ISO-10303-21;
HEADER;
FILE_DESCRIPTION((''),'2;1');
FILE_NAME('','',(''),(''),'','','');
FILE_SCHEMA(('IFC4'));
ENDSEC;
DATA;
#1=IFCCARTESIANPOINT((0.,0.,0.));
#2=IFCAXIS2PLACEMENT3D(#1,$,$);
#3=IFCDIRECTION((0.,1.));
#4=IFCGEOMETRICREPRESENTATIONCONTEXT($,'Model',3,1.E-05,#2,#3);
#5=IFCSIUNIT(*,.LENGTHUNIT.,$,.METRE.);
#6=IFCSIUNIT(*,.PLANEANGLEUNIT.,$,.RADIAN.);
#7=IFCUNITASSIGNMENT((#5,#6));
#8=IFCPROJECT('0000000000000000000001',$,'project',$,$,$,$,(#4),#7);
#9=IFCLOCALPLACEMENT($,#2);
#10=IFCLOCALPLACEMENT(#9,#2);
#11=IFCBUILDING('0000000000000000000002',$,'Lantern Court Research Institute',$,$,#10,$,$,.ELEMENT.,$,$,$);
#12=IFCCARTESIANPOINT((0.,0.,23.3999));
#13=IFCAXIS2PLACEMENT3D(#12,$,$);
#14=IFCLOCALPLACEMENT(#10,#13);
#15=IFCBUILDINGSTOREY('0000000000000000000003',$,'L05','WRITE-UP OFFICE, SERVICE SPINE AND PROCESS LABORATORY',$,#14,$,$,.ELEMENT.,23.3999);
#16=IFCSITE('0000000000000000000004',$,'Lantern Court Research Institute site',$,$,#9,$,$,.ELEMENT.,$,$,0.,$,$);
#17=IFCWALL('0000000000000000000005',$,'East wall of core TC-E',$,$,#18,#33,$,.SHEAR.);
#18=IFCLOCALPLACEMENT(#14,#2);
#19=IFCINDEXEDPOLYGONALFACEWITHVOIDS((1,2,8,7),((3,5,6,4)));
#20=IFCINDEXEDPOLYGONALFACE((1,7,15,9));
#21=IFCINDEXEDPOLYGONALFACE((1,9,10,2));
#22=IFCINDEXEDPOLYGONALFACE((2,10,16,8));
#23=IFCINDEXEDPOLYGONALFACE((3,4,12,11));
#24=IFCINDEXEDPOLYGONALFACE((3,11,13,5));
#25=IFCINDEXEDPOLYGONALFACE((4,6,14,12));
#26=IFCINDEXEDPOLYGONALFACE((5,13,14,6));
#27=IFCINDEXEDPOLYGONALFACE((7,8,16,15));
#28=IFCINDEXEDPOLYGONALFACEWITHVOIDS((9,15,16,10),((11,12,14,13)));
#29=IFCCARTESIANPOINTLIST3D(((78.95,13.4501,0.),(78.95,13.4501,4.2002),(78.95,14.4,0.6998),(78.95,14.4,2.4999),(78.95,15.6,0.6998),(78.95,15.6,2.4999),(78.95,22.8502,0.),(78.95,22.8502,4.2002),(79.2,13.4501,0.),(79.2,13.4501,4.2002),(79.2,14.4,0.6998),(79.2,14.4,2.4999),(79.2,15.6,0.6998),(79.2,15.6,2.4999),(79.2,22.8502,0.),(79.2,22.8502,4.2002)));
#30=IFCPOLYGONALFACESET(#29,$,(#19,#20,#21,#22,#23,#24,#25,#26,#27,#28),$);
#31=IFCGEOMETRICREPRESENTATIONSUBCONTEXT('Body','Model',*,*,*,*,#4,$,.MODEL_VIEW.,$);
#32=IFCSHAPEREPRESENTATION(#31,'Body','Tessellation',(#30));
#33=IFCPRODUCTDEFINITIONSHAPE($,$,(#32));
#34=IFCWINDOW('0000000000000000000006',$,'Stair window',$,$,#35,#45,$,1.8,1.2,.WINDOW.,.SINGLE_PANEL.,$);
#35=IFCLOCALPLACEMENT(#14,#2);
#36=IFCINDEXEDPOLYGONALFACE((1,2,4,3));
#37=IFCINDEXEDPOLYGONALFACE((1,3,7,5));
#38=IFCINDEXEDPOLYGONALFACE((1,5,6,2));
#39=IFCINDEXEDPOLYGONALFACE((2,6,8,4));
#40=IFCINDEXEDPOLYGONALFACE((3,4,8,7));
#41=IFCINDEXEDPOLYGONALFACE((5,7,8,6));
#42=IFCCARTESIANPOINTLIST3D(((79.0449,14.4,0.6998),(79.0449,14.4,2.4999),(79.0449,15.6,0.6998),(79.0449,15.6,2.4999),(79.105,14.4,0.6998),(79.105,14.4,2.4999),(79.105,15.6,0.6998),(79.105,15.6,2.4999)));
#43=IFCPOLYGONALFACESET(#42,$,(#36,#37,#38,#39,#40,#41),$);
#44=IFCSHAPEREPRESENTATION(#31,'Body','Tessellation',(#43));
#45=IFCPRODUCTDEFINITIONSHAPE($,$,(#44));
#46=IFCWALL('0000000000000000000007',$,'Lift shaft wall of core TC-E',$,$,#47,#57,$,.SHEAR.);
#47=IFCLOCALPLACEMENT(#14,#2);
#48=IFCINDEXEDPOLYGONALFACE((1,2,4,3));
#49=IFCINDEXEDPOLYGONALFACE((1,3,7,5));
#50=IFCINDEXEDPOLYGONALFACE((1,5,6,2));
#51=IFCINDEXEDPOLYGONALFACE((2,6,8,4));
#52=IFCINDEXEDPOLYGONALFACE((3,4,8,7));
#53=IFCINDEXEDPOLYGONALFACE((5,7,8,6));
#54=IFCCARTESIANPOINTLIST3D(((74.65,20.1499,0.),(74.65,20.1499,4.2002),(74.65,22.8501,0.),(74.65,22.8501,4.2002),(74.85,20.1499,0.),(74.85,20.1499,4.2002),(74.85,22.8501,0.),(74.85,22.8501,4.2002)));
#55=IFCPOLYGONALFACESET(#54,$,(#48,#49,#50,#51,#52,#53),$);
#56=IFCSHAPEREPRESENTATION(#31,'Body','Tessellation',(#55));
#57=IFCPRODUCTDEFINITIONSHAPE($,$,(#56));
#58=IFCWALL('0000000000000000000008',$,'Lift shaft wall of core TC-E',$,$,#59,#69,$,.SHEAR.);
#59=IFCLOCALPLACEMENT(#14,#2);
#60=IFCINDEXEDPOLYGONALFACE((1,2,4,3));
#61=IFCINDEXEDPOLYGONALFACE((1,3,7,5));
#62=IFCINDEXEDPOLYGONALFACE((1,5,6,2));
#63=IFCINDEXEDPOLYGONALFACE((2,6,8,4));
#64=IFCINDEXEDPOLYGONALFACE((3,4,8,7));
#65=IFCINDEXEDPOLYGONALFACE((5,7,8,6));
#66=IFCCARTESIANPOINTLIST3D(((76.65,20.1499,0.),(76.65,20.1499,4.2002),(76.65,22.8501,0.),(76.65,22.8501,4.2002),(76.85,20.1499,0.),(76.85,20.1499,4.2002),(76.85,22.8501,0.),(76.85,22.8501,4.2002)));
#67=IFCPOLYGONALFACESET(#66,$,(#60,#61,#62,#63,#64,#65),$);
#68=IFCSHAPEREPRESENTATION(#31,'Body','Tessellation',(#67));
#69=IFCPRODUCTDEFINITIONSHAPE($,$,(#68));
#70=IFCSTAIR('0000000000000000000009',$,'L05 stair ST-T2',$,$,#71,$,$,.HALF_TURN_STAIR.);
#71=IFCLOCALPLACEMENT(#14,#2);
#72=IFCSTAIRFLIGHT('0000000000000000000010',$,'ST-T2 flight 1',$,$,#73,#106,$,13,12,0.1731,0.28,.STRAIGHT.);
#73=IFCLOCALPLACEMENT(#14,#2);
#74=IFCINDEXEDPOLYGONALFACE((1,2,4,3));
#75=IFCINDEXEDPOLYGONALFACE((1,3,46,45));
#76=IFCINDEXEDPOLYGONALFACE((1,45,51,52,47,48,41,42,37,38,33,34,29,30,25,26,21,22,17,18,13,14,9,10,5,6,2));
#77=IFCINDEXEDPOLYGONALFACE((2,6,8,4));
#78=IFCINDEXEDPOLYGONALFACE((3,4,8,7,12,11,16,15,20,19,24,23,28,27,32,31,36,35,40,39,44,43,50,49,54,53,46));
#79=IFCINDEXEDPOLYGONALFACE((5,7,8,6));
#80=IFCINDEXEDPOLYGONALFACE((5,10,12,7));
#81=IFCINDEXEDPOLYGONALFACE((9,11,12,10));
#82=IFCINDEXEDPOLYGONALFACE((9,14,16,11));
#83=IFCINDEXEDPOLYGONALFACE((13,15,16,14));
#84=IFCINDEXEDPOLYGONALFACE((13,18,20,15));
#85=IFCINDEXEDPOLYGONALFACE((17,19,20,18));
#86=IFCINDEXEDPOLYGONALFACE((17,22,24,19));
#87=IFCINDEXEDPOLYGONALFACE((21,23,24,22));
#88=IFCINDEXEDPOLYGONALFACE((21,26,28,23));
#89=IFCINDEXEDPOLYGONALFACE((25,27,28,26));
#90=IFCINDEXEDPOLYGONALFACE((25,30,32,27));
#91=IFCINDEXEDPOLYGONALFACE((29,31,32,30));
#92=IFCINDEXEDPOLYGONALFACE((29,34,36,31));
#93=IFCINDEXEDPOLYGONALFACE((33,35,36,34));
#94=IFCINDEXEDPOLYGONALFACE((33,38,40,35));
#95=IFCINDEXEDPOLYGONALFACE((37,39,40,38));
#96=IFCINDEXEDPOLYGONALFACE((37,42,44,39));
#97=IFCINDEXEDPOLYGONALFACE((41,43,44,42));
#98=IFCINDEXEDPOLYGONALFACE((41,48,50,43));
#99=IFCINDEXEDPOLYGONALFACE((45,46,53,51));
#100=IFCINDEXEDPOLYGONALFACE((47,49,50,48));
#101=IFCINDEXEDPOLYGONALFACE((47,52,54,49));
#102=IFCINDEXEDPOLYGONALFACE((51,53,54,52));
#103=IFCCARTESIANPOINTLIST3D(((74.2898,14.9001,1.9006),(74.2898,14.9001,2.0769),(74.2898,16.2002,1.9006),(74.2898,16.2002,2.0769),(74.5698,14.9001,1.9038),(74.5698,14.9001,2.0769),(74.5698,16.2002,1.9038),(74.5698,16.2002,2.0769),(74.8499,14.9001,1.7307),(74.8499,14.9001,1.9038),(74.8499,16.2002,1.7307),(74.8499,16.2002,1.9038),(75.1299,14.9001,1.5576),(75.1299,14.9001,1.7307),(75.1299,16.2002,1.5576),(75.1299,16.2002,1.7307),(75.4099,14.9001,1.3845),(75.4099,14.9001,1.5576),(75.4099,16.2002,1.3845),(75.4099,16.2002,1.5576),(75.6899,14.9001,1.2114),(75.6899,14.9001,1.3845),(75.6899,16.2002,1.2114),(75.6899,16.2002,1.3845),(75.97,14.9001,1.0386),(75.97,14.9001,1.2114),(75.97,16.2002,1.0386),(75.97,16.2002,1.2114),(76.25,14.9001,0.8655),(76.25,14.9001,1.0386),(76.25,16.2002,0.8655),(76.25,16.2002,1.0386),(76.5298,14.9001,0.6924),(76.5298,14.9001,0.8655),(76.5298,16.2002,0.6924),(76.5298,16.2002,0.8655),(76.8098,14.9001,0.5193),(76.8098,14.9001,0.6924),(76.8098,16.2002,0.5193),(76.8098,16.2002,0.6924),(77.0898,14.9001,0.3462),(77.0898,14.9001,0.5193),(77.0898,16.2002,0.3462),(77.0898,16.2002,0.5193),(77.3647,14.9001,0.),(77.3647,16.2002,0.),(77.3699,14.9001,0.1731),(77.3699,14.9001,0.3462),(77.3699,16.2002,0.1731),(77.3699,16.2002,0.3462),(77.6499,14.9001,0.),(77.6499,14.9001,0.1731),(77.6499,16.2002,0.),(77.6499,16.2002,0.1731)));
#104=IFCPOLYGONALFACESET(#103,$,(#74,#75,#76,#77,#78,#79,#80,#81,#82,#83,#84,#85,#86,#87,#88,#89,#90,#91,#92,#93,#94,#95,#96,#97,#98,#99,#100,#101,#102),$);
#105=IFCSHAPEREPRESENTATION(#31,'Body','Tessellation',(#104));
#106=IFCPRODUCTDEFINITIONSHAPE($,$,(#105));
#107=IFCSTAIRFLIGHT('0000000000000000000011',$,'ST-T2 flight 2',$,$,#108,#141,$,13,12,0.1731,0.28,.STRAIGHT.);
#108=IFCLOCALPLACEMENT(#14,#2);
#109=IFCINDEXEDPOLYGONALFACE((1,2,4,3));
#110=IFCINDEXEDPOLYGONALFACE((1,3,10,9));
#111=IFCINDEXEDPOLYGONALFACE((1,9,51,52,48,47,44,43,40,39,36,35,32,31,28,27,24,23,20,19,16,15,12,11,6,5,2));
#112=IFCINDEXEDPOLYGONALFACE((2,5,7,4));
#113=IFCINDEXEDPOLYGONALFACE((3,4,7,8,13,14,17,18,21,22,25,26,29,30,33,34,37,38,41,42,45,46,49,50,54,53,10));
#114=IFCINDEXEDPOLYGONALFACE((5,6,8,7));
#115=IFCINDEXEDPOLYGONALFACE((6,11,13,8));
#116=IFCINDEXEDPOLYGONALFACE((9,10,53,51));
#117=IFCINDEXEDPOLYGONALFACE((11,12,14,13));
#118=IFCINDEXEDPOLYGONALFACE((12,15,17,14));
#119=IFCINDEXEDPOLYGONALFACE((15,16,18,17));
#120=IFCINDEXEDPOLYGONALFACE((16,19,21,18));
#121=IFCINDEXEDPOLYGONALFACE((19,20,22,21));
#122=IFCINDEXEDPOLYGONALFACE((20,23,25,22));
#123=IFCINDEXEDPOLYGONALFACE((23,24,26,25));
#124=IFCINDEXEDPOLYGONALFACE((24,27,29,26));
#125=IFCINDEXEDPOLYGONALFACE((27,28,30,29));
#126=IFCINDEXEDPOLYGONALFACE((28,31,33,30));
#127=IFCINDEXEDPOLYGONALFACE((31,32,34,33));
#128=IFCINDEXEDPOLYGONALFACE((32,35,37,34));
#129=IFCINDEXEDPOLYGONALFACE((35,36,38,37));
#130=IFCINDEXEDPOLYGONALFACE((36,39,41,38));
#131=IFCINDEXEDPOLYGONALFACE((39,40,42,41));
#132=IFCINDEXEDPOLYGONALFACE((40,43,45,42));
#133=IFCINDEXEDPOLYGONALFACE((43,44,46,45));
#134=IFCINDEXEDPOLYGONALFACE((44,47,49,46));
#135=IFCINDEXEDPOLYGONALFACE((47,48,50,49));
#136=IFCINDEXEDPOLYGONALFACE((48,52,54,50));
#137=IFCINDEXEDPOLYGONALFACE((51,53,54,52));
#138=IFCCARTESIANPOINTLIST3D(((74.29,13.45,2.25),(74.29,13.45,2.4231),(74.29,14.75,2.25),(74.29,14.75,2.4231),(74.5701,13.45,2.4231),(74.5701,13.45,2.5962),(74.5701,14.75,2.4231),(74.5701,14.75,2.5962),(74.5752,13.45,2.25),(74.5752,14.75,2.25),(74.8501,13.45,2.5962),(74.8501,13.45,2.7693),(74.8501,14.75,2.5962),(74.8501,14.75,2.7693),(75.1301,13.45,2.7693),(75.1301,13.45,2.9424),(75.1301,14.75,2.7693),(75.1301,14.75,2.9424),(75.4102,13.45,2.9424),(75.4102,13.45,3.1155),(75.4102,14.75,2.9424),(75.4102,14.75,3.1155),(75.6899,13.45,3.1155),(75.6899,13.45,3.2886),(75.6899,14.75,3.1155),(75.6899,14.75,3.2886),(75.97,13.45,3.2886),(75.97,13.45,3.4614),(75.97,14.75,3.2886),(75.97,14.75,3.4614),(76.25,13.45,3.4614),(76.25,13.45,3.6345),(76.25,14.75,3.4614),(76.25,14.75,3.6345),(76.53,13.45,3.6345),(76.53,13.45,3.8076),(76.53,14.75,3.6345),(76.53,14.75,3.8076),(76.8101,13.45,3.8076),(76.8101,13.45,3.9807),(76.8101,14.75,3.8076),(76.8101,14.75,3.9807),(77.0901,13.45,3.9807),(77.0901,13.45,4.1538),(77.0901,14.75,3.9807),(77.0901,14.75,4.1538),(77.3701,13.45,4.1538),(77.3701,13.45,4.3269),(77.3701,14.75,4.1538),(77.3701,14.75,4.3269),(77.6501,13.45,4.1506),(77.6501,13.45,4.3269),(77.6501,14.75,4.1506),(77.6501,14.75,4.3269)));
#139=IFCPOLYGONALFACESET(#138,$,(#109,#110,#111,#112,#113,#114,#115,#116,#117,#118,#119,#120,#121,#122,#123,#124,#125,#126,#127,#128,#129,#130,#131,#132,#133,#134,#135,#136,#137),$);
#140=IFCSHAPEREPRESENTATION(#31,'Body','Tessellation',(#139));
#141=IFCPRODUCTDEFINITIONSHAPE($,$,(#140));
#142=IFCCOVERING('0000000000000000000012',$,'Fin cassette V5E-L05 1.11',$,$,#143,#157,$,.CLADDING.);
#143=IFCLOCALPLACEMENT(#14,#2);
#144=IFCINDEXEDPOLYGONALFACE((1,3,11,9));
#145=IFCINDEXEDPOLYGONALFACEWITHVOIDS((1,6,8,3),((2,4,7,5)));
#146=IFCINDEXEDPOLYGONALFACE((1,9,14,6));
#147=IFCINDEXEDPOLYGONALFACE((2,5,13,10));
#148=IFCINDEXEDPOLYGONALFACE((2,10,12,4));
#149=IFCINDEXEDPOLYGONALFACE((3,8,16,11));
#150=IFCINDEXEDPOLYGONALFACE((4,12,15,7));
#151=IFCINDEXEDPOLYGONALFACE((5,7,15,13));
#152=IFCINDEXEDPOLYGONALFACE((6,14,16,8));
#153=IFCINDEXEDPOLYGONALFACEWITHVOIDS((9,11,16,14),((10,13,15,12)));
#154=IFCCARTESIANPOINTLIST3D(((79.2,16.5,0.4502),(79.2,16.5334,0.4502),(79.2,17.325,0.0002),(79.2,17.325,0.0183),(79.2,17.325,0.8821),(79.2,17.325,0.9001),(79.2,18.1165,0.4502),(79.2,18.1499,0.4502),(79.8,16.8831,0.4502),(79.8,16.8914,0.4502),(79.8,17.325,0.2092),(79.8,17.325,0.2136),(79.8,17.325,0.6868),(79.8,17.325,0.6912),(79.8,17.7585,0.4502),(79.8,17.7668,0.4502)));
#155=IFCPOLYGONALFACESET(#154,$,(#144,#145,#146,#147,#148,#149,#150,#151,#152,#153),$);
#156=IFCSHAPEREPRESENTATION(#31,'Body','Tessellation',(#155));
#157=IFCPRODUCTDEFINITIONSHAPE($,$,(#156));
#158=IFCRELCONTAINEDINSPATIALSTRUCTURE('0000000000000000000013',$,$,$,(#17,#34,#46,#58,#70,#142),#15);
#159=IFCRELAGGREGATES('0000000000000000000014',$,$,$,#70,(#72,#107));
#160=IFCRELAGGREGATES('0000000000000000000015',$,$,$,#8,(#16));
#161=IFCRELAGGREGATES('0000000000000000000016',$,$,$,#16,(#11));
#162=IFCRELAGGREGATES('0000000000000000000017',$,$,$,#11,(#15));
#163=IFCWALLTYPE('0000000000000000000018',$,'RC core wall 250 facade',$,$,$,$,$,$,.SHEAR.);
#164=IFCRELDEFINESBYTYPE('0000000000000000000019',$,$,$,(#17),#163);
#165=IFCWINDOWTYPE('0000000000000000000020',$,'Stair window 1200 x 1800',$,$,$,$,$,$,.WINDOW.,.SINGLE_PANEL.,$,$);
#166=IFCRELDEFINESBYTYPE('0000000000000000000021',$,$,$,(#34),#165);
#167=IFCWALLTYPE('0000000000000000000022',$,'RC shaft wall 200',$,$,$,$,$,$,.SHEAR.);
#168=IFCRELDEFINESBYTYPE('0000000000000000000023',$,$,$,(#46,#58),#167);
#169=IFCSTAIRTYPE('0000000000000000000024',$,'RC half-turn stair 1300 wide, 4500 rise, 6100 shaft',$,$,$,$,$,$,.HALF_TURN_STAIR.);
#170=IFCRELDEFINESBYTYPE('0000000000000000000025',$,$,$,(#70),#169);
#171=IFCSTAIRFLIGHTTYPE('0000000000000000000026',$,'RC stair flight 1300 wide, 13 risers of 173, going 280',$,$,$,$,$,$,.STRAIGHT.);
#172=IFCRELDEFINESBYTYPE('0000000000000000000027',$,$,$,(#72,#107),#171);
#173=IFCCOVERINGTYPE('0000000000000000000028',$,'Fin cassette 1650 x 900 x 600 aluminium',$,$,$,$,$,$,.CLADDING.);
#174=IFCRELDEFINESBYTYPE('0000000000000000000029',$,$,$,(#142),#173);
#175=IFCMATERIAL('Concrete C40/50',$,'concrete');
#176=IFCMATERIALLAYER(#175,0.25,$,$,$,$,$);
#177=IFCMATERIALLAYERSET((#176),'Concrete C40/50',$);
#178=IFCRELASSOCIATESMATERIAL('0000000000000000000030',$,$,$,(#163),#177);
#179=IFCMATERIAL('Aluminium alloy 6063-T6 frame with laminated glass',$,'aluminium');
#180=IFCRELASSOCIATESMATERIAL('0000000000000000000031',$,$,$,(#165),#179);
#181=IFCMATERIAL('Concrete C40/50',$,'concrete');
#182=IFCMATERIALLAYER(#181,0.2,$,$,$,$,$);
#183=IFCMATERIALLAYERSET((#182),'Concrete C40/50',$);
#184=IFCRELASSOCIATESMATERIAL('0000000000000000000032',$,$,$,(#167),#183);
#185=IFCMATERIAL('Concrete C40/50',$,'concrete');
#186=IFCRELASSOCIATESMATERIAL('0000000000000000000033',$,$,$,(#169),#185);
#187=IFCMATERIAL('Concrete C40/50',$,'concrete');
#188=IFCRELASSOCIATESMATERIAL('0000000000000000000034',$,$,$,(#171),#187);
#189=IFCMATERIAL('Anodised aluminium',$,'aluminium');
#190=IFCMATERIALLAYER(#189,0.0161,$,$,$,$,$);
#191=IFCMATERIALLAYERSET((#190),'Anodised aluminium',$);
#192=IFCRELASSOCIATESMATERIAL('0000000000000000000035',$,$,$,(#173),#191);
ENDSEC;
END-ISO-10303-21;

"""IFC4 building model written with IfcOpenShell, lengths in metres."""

from ifc_helpers import new_model, entity, si_unit, direction, frame, frame_2d, origin, place, context, subcontext, project, spatial, polyline, rectangle, outline, extrude, material, layer, layer_set, type_object, element, fill, aggregate, save


model = new_model("IFC4")

# Units and contexts
model_context = context("Model", 3, precision=1e-05, world=origin(), true_north=direction((0.0, 1.0)))
body_context = subcontext(model_context, "Body", "Model", "MODEL_VIEW")
ifc_project = project(units=[si_unit("LENGTHUNIT", "METRE"), si_unit("PLANEANGLEUNIT", "RADIAN")], contexts=[model_context])

# Site, building, storey
site_placement = place(None, origin())
site = spatial("IfcSite", under=ifc_project, at=site_placement, Name="Lantern Court Research Institute site", CompositionType="ELEMENT", RefElevation=0.0)
building_placement = place(site_placement, origin())
building = spatial("IfcBuilding", under=site, at=building_placement, Name="Lantern Court Research Institute", CompositionType="ELEMENT")
storey_placement = place(building_placement, frame((0.0, 0.0, 23.3999)))
storey = spatial("IfcBuildingStorey", under=building, at=storey_placement, Name="L05", Description="WRITE-UP OFFICE, SERVICE SPINE AND PROCESS LABORATORY", CompositionType="ELEMENT", Elevation=23.3999)

# Wall, opening, window
ifc_material_1 = material(Name="Concrete C40/50", Category="concrete")
ifc_layer_1 = layer(ifc_material_1, 0.25)
ifc_layer_set_1 = layer_set([ifc_layer_1], Name="Concrete C40/50")
wall_type_1 = type_object("IfcWallType", Name="RC core wall 250 facade", PredefinedType="SHEAR", material=ifc_layer_set_1)
wall_placement = place(storey_placement, frame((79.075, 13.45, 0.0), z_axis=(0.0, 0.0, 1.0), x_axis=(0.0, 1.0, 0.0)))
wall = element("IfcWall", 1, at=wall_placement, inside=storey, type_object=wall_type_1, Name="East wall of core TC-E", PredefinedType="SHEAR", context=body_context, shape_type="SweptSolid", body=[
    extrude(rectangle(XDim=9.4001, YDim=0.25, at=frame_2d((4.7002, 0.0))), origin(), (0.0, 0.0, 1.0), 4.2002),
])
opening_placement = place(wall_placement, frame((0.95, 0.0, 0.7)))
opening = element("IfcOpeningElement", 2, at=opening_placement, cuts=wall, PredefinedType="OPENING", context=body_context, shape_type="SweptSolid", body=[
    extrude(rectangle(XDim=1.2, YDim=1.8, at=frame_2d((0.6001, 0.8999))), frame((0.0, 0.135, 0.0), z_axis=(0.0, -1.0, 0.0), x_axis=(1.0, 0.0, 0.0)), (0.0, 0.0, 1.0), 0.27),
])
ifc_material_2 = material(Name="Aluminium alloy 6063-T6 frame with laminated glass", Category="aluminium")
window_type = type_object("IfcWindowType", Name="Stair window 1200 x 1800", PartitioningType="SINGLE_PANEL", PredefinedType="WINDOW", material=ifc_material_2)
window_placement = place(opening_placement, origin())
window = element("IfcWindow", 3, at=window_placement, inside=storey, type_object=window_type, Name="Stair window", OverallHeight=1.8, OverallWidth=1.2, PartitioningType="SINGLE_PANEL", PredefinedType="WINDOW", context=body_context, shape_type="SweptSolid", body=[
    extrude(rectangle(XDim=1.2, YDim=1.8, at=frame_2d((0.6001, 0.8999))), frame((0.0, 0.03, 0.0), z_axis=(0.0, -1.0, 0.0), x_axis=(1.0, 0.0, 0.0)), (0.0, 0.0, 1.0), 0.0601),
])
fill(opening, window)

# Walls
ifc_material_3 = material(Name="Concrete C40/50", Category="concrete")
ifc_layer_2 = layer(ifc_material_3, 0.2)
ifc_layer_set_2 = layer_set([ifc_layer_2], Name="Concrete C40/50")
wall_type_2 = type_object("IfcWallType", Name="RC shaft wall 200", PredefinedType="SHEAR", material=ifc_layer_set_2)
for number, where, z_axis, x_axis, name in (
    (4, (74.75, 20.1499, 0.0), (0.0, 0.0, 1.0), (0.0, 1.0, 0.0), "Lift shaft wall of core TC-E"),
    (5, (76.75, 20.1499, 0.0), (0.0, 0.0, 1.0), (0.0, 1.0, 0.0), "Lift shaft wall of core TC-E"),
):
    element("IfcWall", number, at=place(storey_placement, frame(where, z_axis=z_axis, x_axis=x_axis)), inside=storey, type_object=wall_type_2, Name=name, PredefinedType="SHEAR", context=body_context, shape_type="SweptSolid", body=[
        extrude(rectangle(XDim=2.7002, YDim=0.2, at=frame_2d((1.3501, 0.0))), origin(), (0.0, 0.0, 1.0), 4.2002),
    ])

# Stair, stair flights
ifc_material_4 = material(Name="Concrete C40/50", Category="concrete")
stair_type = type_object("IfcStairType", Name="RC half-turn stair 1300 wide, 4500 rise, 6100 shaft", PredefinedType="HALF_TURN_STAIR", material=ifc_material_4)
stair_placement = place(storey_placement, origin())
stair = element("IfcStair", 6, at=stair_placement, inside=storey, type_object=stair_type, Name="L05 stair ST-T2", PredefinedType="HALF_TURN_STAIR")
ifc_material_5 = material(Name="Concrete C40/50", Category="concrete")
stair_flight_type = type_object("IfcStairFlightType", Name="RC stair flight 1300 wide, 13 risers of 173, going 280", PredefinedType="STRAIGHT", material=ifc_material_5)
stair_flight_1_placement = place(storey_placement, frame((77.6499, 15.55, 0.0), z_axis=(0.0, 0.0, 1.0), x_axis=(-1.0, 0.0, 0.0)))
stair_flight_1 = element("IfcStairFlight", 7, at=stair_flight_1_placement, type_object=stair_flight_type, Name="ST-T2 flight 1", NumberOfRisers=13, NumberOfTreads=12, PredefinedType="STRAIGHT", RiserHeight=0.1731, TreadLength=0.28, context=body_context, shape_type="SweptSolid", body=[
    extrude(outline(polyline([(0.0, 0.0), (0.0, 0.1731), (0.28, 0.1731), (0.28, 0.3462), (0.5601, 0.3462), (0.5601, 0.5193), (0.8401, 0.5193), (0.8401, 0.6924), (1.1201, 0.6924), (1.1201, 0.8655), (1.3999, 0.8655), (1.3999, 1.0386), (1.6799, 1.0386), (1.6799, 1.2114), (1.96, 1.2114), (1.96, 1.3845), (2.24, 1.3845), (2.24, 1.5576), (2.52, 1.5576), (2.52, 1.7307), (2.8, 1.7307), (2.8, 1.9038), (3.0801, 1.9038), (3.0801, 2.0769), (3.3601, 2.0769), (3.3601, 2.25), (3.3601, 1.9006), (0.2852, 0.0), (0.0, 0.0)])), frame((0.0, 0.6499, 0.0), z_axis=(0.0, -1.0, 0.0), x_axis=(1.0, 0.0, 0.0)), (0.0, 0.0, 1.0), 1.3),
])
stair_flight_2_placement = place(storey_placement, frame((74.29, 14.1001, 2.25), z_axis=(0.0, 0.0, 1.0), x_axis=(1.0, 0.0, 0.0)))
stair_flight_2 = element("IfcStairFlight", 8, at=stair_flight_2_placement, type_object=stair_flight_type, Name="ST-T2 flight 2", NumberOfRisers=13, NumberOfTreads=12, PredefinedType="STRAIGHT", RiserHeight=0.1731, TreadLength=0.28, context=body_context, shape_type="SweptSolid", body=[
    extrude(outline(polyline([(0.0, 0.0), (0.0, 0.1731), (0.28, 0.1731), (0.28, 0.3462), (0.5601, 0.3462), (0.5601, 0.5193), (0.8401, 0.5193), (0.8401, 0.6924), (1.1201, 0.6924), (1.1201, 0.8655), (1.3999, 0.8655), (1.3999, 1.0386), (1.6799, 1.0386), (1.6799, 1.2114), (1.96, 1.2114), (1.96, 1.3845), (2.24, 1.3845), (2.24, 1.5576), (2.52, 1.5576), (2.52, 1.7307), (2.8, 1.7307), (2.8, 1.9038), (3.0801, 1.9038), (3.0801, 2.0769), (3.3601, 2.0769), (3.3601, 2.25), (3.3601, 1.9006), (0.2852, 0.0), (0.0, 0.0)])), frame((0.0, 0.6499, 0.0), z_axis=(0.0, -1.0, 0.0), x_axis=(1.0, 0.0, 0.0)), (0.0, 0.0, 1.0), 1.3),
])
aggregate(stair, [stair_flight_1, stair_flight_2])

# Covering
ifc_material_6 = material(Name="Anodised aluminium", Category="aluminium")
ifc_layer_3 = layer(ifc_material_6, 0.0161)
ifc_layer_set_3 = layer_set([ifc_layer_3], Name="Anodised aluminium")
covering_type = type_object("IfcCoveringType", Name="Fin cassette 1650 x 900 x 600 aluminium", PredefinedType="CLADDING", material=ifc_layer_set_3)
covering_1_placement = place(storey_placement, frame((79.2, 17.325, 0.4502), z_axis=(1.0, 0.0, 0.0), x_axis=(0.0, 1.0, 0.0)))
cartesian_point_1 = entity("IfcCartesianPoint", [0.825, 0.0])
cartesian_point_2 = entity("IfcCartesianPoint", [0.7915, 0.0])
cartesian_point_3 = entity("IfcCartesianPoint", [0.4419, 0.0])
cartesian_point_4 = entity("IfcCartesianPoint", [0.4336, 0.0])
element("IfcCovering", 9, at=covering_1_placement, inside=storey, type_object=covering_type, Name="Fin cassette V5E-L05 1.11", PredefinedType="CLADDING", context=body_context, shape_type="SweptSolid", body=[
    entity("IfcExtrudedAreaSolidTapered", entity("IfcArbitraryProfileDefWithVoids", "AREA", None, entity("IfcPolyline", [cartesian_point_1, entity("IfcCartesianPoint", [0.0, 0.45]), entity("IfcCartesianPoint", [-0.825, 0.0]), entity("IfcCartesianPoint", [0.0, -0.45]), cartesian_point_1]), [entity("IfcPolyline", [cartesian_point_2, entity("IfcCartesianPoint", [0.0, 0.4319]), entity("IfcCartesianPoint", [-0.7915, 0.0]), entity("IfcCartesianPoint", [0.0, -0.4319]), cartesian_point_2])]), entity("IfcAxis2Placement3D", entity("IfcCartesianPoint", [0.0, 0.0, 0.0])), entity("IfcDirection", [0.0, 0.0, 1.0]), 0.6001, entity("IfcArbitraryProfileDefWithVoids", "AREA", None, entity("IfcPolyline", [cartesian_point_3, entity("IfcCartesianPoint", [0.0, 0.241]), entity("IfcCartesianPoint", [-0.4419, 0.0]), entity("IfcCartesianPoint", [0.0, -0.241]), cartesian_point_3]), [entity("IfcPolyline", [cartesian_point_4, entity("IfcCartesianPoint", [0.0, 0.2366]), entity("IfcCartesianPoint", [-0.4336, 0.0]), entity("IfcCartesianPoint", [0.0, -0.2366]), cartesian_point_4])])),
])

save(model, "model.ifc")
